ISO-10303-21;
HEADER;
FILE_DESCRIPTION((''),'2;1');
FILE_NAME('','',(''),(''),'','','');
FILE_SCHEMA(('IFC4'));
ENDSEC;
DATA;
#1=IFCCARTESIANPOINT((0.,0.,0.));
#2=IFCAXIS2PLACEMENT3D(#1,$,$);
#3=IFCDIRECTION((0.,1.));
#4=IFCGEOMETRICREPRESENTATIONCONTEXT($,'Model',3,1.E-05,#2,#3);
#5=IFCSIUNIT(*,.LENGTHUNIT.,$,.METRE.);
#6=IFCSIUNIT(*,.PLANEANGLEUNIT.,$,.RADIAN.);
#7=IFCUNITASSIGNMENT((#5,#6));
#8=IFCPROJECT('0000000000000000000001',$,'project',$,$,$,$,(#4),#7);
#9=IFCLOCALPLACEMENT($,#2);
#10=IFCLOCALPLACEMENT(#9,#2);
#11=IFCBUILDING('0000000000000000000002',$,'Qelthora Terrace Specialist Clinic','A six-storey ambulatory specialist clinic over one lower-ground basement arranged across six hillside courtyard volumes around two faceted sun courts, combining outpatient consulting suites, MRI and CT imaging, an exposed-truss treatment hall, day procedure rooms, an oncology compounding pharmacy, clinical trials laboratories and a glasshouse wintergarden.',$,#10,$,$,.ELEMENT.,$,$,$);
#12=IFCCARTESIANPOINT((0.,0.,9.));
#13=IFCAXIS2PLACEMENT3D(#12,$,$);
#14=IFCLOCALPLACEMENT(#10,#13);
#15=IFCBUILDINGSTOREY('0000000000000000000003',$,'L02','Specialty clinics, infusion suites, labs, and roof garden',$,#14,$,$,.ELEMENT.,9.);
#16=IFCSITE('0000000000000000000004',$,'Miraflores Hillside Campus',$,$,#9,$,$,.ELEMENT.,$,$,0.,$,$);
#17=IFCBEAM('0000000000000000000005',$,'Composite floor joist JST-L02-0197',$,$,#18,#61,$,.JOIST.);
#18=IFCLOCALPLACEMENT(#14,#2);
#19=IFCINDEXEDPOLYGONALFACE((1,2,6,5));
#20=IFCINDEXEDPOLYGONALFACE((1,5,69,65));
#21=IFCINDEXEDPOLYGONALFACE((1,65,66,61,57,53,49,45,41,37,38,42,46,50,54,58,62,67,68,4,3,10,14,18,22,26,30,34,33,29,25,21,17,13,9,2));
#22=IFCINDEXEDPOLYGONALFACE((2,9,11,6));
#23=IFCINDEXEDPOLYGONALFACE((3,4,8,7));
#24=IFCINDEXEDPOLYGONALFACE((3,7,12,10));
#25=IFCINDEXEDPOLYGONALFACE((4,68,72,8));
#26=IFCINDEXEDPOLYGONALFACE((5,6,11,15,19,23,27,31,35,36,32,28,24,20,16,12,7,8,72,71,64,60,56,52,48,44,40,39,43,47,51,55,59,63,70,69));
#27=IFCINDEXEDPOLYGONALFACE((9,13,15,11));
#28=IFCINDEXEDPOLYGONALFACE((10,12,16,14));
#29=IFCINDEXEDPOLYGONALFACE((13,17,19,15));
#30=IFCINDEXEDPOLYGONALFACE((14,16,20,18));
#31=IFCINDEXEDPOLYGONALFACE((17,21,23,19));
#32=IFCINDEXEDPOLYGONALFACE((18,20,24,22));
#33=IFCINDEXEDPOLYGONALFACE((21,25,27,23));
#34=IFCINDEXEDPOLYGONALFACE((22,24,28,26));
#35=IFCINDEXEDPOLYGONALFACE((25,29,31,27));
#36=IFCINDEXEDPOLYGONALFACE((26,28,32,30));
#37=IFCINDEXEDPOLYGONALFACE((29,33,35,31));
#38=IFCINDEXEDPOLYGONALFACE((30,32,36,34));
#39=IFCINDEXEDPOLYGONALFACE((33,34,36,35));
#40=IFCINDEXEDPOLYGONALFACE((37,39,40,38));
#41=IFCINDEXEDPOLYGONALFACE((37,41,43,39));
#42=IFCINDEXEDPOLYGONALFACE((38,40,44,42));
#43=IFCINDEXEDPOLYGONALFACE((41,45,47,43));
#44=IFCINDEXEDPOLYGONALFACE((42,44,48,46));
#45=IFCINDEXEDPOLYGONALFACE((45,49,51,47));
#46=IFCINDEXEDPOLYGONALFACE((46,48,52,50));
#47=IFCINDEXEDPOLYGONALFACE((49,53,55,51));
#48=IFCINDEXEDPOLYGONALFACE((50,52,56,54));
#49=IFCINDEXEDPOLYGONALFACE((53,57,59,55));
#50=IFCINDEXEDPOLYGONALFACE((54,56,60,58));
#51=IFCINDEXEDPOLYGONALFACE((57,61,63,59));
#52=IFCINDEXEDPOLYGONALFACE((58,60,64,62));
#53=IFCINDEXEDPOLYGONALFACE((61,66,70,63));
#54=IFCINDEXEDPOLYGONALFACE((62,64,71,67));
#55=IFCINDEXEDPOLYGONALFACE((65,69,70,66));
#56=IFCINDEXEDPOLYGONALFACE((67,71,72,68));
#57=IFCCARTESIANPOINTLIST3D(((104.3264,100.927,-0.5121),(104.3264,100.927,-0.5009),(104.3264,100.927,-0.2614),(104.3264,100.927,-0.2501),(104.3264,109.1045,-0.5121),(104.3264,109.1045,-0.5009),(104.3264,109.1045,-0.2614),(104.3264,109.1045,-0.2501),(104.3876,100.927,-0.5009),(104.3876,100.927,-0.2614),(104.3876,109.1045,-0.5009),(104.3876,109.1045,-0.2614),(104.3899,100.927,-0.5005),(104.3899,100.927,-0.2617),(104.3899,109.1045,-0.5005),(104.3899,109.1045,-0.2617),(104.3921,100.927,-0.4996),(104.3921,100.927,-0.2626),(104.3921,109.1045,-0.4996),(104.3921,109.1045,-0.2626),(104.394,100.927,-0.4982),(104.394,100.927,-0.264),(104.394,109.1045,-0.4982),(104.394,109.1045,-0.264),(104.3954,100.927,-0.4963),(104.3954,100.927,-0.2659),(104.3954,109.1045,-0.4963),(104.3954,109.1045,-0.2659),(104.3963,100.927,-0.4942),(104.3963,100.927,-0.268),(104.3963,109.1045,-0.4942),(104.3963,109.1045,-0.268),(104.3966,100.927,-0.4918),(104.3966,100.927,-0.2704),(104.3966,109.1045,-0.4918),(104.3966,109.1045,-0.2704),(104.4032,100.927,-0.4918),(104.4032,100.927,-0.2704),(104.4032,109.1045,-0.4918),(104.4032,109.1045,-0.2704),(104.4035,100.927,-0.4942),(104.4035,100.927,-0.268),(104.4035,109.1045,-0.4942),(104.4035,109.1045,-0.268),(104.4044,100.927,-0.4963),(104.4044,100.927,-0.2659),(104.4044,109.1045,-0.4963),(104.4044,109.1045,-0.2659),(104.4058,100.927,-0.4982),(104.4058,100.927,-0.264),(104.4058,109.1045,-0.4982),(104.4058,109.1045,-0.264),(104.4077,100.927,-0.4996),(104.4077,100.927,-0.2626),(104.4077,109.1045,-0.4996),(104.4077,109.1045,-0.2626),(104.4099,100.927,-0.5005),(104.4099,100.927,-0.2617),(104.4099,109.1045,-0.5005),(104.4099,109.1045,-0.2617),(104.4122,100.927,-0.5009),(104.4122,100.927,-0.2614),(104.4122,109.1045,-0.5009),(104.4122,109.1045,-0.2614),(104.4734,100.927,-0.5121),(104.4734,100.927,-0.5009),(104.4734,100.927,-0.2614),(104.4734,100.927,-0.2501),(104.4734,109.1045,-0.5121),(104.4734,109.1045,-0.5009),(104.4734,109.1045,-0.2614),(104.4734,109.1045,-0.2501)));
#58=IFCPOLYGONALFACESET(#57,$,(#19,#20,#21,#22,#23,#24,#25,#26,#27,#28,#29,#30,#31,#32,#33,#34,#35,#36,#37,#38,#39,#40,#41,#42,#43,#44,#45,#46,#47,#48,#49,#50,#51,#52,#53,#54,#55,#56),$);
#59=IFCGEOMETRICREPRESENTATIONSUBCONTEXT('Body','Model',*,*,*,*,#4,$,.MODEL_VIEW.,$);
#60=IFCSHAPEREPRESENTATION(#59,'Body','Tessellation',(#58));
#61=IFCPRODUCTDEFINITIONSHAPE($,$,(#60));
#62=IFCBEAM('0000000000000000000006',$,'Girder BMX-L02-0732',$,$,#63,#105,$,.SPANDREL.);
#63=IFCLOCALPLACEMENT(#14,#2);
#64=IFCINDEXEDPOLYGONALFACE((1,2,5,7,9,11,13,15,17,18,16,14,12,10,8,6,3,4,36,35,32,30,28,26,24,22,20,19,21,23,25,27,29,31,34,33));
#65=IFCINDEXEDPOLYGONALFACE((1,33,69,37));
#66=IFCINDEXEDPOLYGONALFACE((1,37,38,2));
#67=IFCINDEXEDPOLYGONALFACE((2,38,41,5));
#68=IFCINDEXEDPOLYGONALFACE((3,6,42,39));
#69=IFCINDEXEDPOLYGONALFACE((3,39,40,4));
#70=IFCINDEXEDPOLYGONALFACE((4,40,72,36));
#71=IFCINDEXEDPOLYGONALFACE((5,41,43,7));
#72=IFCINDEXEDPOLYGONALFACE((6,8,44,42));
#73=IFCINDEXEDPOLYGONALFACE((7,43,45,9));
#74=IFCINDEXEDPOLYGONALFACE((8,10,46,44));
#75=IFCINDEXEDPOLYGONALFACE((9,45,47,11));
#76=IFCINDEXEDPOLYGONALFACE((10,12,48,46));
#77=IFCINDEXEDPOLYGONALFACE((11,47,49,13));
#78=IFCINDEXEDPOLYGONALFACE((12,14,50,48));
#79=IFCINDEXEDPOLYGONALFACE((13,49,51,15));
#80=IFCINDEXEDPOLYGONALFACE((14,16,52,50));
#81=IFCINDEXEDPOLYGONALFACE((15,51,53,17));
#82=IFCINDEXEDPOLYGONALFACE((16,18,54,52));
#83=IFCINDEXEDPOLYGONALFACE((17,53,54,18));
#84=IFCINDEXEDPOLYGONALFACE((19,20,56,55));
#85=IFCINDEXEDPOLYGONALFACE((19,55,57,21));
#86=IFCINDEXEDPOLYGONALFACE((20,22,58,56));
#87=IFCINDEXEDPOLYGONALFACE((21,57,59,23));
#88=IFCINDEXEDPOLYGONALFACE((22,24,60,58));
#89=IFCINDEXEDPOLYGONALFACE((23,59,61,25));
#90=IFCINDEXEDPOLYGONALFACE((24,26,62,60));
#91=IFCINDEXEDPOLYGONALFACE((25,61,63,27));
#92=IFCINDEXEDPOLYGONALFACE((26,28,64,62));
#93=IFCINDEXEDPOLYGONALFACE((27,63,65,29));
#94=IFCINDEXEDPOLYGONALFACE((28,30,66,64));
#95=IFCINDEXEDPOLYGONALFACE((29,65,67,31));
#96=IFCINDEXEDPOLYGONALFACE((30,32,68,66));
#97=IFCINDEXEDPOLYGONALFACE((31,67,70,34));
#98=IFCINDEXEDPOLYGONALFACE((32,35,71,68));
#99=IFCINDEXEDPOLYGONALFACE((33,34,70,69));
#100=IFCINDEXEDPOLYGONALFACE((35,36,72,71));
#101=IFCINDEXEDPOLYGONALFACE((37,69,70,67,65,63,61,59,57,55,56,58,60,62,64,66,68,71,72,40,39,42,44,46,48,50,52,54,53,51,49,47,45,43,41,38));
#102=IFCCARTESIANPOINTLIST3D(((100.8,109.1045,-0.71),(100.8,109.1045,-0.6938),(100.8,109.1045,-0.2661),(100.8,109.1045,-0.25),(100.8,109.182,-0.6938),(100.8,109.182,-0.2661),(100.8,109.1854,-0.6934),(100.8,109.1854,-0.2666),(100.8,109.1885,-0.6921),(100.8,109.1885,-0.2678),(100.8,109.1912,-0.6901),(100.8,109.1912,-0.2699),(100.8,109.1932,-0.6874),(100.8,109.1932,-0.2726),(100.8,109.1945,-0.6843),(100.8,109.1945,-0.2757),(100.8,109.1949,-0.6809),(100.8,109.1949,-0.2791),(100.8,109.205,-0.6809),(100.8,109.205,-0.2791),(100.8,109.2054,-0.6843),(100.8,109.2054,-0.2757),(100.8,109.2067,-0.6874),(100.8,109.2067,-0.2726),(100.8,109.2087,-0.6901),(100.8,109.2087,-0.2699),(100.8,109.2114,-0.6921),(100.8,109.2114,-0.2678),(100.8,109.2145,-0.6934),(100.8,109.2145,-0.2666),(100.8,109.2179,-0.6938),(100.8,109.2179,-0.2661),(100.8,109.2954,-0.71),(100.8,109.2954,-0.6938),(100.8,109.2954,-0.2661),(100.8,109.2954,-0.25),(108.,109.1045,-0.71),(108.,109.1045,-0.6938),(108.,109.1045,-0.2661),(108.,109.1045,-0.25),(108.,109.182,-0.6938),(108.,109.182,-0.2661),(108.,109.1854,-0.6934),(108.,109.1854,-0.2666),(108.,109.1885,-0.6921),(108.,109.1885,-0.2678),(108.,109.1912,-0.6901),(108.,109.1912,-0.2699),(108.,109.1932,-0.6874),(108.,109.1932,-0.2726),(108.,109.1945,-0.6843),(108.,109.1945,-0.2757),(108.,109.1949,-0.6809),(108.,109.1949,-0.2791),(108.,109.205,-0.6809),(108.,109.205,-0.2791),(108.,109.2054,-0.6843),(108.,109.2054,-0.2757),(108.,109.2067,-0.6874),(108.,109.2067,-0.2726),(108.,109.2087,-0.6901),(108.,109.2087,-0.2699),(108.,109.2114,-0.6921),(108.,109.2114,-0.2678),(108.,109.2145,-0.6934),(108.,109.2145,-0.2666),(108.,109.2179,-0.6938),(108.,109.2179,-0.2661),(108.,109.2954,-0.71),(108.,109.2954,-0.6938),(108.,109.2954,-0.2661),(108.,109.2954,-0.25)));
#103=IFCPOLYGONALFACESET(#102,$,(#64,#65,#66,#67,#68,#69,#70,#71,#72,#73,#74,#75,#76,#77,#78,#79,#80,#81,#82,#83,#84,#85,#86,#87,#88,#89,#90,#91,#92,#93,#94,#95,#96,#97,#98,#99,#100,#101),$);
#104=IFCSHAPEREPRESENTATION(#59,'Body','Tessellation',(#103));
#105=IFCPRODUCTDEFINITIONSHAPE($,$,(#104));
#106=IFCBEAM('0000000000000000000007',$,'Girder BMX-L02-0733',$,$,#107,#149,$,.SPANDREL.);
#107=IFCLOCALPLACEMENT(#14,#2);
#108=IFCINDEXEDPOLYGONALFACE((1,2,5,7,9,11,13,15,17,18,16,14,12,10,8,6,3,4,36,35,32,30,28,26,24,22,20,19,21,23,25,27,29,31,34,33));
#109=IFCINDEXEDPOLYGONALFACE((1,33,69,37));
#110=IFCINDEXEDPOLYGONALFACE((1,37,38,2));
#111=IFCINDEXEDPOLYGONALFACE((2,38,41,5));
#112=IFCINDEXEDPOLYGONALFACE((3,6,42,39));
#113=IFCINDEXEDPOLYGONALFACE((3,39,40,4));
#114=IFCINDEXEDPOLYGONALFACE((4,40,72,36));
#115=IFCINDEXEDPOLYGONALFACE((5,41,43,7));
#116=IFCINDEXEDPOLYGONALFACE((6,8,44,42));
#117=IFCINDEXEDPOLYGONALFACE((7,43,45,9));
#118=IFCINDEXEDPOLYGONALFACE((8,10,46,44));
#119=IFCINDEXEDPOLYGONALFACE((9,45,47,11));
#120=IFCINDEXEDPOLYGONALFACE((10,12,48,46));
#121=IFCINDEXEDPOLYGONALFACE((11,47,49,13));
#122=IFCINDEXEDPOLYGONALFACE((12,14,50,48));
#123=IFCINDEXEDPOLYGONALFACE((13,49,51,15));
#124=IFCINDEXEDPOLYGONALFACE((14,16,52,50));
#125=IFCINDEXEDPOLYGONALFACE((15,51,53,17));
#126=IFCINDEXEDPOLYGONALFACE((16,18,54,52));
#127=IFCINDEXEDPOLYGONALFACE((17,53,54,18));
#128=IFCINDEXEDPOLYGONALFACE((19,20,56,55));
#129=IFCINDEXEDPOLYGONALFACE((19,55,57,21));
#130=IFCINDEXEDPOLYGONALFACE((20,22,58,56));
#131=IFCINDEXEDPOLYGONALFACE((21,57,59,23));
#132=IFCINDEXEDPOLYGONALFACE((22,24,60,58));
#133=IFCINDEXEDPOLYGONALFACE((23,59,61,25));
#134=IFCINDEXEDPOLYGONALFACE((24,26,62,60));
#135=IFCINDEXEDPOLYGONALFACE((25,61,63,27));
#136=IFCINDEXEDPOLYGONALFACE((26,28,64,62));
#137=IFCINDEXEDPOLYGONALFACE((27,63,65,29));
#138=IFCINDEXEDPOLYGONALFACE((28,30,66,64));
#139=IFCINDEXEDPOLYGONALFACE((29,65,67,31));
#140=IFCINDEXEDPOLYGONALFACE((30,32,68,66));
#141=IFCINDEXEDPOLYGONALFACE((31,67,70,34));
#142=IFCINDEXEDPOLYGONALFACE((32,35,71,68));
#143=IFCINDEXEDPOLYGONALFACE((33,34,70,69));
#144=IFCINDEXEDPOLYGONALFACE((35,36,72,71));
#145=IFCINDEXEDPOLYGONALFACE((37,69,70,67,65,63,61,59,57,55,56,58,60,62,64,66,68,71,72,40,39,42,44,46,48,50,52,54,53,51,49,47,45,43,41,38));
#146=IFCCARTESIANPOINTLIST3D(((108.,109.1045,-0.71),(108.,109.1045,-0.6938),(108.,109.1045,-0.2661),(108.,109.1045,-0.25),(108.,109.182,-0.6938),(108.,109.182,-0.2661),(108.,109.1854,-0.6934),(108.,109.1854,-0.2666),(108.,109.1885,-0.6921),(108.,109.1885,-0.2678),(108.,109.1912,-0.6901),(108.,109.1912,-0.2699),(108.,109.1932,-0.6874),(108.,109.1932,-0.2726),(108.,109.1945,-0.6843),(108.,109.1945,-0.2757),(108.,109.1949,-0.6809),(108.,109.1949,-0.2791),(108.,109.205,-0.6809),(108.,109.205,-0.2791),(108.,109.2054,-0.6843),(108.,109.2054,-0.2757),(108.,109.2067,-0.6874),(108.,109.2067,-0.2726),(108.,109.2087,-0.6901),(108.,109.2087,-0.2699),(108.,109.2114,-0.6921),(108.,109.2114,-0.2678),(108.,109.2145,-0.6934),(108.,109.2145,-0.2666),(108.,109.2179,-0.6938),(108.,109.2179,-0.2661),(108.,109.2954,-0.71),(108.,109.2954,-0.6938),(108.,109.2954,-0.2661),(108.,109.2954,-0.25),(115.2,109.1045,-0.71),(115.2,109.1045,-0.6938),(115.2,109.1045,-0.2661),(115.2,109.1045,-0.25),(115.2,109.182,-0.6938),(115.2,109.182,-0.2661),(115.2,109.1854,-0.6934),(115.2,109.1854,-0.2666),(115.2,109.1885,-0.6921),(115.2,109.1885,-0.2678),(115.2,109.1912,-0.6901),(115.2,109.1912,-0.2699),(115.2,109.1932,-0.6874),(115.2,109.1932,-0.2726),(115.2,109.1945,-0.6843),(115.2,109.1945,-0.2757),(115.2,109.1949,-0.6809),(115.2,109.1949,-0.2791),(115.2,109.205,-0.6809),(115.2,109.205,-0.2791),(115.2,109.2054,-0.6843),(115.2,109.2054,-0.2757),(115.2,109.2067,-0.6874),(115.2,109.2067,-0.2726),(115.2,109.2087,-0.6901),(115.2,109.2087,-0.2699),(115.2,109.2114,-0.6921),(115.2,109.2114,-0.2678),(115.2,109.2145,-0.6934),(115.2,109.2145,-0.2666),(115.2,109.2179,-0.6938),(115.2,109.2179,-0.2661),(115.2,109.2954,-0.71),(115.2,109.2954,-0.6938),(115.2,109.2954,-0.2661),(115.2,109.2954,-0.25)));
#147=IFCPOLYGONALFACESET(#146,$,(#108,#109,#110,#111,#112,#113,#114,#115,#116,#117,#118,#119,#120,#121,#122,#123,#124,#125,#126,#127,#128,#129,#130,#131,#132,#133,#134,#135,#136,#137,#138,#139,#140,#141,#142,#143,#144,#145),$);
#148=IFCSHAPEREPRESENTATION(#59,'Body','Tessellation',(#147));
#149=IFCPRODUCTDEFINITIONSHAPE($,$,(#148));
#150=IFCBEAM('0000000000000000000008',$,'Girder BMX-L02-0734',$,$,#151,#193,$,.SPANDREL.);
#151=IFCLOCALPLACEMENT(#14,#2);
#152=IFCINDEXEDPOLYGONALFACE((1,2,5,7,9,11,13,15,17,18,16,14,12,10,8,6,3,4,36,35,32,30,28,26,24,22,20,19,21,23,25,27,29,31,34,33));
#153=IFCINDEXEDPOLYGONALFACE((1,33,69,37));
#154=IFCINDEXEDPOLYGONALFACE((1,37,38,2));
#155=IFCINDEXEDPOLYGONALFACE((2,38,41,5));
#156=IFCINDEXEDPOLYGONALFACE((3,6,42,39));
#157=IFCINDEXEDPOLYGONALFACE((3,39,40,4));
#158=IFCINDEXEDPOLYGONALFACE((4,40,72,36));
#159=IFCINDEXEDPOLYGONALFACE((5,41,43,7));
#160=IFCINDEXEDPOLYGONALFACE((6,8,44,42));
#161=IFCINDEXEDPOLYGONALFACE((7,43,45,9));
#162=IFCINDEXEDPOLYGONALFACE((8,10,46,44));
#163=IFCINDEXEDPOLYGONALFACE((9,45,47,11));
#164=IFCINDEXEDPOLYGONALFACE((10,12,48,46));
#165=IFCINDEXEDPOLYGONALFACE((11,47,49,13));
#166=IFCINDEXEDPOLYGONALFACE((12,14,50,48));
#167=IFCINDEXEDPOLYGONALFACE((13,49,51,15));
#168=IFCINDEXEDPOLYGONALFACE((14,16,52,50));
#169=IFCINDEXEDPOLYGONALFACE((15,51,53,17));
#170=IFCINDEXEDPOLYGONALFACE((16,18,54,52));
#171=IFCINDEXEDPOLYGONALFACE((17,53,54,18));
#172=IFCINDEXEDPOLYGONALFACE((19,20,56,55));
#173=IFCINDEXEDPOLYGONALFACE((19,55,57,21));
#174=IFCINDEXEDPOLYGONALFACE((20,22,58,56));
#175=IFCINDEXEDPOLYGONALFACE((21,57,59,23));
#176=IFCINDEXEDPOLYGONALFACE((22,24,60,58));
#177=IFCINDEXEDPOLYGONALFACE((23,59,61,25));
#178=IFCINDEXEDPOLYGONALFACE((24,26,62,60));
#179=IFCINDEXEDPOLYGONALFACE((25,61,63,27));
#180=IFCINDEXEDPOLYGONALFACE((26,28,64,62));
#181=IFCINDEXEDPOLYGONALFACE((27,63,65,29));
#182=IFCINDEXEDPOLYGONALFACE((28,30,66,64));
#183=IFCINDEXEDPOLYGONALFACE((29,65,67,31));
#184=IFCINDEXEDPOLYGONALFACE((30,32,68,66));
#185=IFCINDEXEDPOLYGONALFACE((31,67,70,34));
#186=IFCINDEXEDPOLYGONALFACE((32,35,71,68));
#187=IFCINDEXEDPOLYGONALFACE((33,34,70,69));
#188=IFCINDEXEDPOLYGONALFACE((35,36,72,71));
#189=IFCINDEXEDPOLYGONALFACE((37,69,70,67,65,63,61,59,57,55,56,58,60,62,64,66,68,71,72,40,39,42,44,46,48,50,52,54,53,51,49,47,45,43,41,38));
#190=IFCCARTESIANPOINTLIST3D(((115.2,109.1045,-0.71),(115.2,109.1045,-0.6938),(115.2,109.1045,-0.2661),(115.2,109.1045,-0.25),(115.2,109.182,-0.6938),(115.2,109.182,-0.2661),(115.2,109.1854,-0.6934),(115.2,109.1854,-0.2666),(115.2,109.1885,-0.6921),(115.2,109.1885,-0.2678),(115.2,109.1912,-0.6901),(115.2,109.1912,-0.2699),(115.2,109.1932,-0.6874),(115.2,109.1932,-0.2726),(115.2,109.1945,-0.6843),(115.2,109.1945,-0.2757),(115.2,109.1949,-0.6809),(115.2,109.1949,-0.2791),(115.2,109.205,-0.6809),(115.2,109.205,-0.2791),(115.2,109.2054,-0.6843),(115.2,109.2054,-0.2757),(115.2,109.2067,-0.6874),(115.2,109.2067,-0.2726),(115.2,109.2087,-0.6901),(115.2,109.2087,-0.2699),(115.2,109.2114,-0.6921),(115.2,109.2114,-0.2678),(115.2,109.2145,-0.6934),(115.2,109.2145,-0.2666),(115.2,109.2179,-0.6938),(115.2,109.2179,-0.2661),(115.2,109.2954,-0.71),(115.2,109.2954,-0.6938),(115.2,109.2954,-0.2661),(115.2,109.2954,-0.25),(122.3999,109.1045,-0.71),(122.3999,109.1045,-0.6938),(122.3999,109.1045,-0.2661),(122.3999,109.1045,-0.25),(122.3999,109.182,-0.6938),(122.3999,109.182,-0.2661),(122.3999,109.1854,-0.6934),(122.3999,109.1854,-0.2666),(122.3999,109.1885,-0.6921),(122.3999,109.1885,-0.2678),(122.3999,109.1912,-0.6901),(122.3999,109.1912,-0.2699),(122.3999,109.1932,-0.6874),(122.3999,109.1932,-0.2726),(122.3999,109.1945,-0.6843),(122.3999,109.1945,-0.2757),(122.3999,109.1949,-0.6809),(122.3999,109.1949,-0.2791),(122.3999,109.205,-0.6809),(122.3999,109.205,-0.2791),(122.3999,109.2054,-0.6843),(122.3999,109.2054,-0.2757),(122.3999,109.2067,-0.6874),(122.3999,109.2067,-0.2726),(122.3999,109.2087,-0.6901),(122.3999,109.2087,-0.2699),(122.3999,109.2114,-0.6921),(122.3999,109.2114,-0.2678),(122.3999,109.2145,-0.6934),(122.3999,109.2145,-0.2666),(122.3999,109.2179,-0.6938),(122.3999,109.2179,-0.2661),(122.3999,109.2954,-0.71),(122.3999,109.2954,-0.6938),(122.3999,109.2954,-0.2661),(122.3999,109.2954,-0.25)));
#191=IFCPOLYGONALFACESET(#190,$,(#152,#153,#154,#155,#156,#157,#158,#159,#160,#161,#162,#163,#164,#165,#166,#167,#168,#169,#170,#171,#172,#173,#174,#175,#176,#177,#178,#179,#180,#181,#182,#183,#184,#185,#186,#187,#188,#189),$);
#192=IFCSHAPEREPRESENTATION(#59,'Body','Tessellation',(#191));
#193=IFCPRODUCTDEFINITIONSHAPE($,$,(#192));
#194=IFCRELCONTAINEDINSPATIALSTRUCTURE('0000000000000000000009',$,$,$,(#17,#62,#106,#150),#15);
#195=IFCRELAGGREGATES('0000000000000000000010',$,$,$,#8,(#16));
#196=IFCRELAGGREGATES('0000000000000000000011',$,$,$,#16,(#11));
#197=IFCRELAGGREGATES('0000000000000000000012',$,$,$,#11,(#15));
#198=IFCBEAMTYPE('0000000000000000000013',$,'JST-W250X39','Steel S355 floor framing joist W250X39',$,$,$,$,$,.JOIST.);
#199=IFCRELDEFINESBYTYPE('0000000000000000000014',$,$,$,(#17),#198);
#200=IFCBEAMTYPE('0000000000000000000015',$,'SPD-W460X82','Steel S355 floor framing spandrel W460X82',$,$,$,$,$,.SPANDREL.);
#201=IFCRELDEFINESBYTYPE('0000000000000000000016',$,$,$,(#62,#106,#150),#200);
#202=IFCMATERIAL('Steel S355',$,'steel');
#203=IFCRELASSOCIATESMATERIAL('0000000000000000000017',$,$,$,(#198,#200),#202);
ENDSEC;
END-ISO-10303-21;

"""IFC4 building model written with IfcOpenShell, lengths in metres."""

from ifc_helpers import new_model, si_unit, direction, frame, origin, origin_2d, place, context, subcontext, project, spatial, i_section, extrude, material, material_profile, profile_set, type_object, element, save


model = new_model("IFC4")

# Units and contexts
model_context = context("Model", 3, precision=1e-05, world=origin(), true_north=direction((0.0, 1.0)))
body_context = subcontext(model_context, "Body", "Model", "MODEL_VIEW")
ifc_project = project(units=[si_unit("LENGTHUNIT", "METRE"), si_unit("PLANEANGLEUNIT", "RADIAN")], contexts=[model_context])

# Site, building, storey
site_placement = place(None, origin())
site = spatial("IfcSite", under=ifc_project, at=site_placement, Name="Miraflores Hillside Campus", CompositionType="ELEMENT", RefElevation=0.0)
building_placement = place(site_placement, origin())
building = spatial("IfcBuilding", under=site, at=building_placement, Name="Qelthora Terrace Specialist Clinic", Description="A six-storey ambulatory specialist clinic over one lower-ground basement arranged across six hillside courtyard volumes around two faceted sun courts, combining outpatient consulting suites, MRI and CT imaging, an exposed-truss treatment hall, day procedure rooms, an oncology compounding pharmacy, clinical trials laboratories and a glasshouse wintergarden.", CompositionType="ELEMENT")
storey_placement = place(building_placement, frame((0.0, 0.0, 9.0)))
storey = spatial("IfcBuildingStorey", under=building, at=storey_placement, Name="L02", Description="Specialty clinics, infusion suites, labs, and roof garden", CompositionType="ELEMENT", Elevation=9.0)

# Shared definitions
ifc_material_1 = material(Name="Steel S355", Category="steel")

# Beams
ifc_material_profile_1 = material_profile(ifc_material_1, i_section(OverallWidth=0.147, OverallDepth=0.262, WebThickness=0.0066, FlangeThickness=0.0112, FilletRadius=0.009, at=origin_2d()), Name="W250X39")
ifc_profile_set_1 = profile_set([ifc_material_profile_1], Name="Steel S355")
beam_type_1 = type_object("IfcBeamType", Name="JST-W250X39", Description="Steel S355 floor framing joist W250X39", PredefinedType="JOIST", material=ifc_profile_set_1)
beam_placement = place(storey_placement, frame((104.3999, 100.927, -0.3811), z_axis=(0.0, 1.0, 0.0), x_axis=(-1.0, 0.0, 0.0)))
element("IfcBeam", 1, at=beam_placement, inside=storey, type_object=beam_type_1, Name="Composite floor joist JST-L02-0197", PredefinedType="JOIST", context=body_context, shape_type="SweptSolid", body=[
    extrude(i_section(OverallWidth=0.147, OverallDepth=0.262, WebThickness=0.0066, FlangeThickness=0.0112, FilletRadius=0.009, at=origin_2d()), origin(), (0.0, 0.0, 1.0), 8.1775),
])
ifc_material_profile_2 = material_profile(ifc_material_1, i_section(OverallWidth=0.1909, OverallDepth=0.46, WebThickness=0.01, FlangeThickness=0.0161, FilletRadius=0.0129, at=origin_2d()), Name="W460X82")
ifc_profile_set_2 = profile_set([ifc_material_profile_2], Name="Steel S355")
beam_type_2 = type_object("IfcBeamType", Name="SPD-W460X82", Description="Steel S355 floor framing spandrel W460X82", PredefinedType="SPANDREL", material=ifc_profile_set_2)
for number, where, z_axis, x_axis, name in (
    (2, (100.8, 109.2, -0.48), (1.0, 0.0, 0.0), (0.0, 1.0, 0.0), "Girder BMX-L02-0732"),
    (3, (108.0, 109.2, -0.48), (1.0, 0.0, 0.0), (0.0, 1.0, 0.0), "Girder BMX-L02-0733"),
    (4, (115.2, 109.2, -0.48), (1.0, 0.0, 0.0), (0.0, 1.0, 0.0), "Girder BMX-L02-0734"),
):
    element("IfcBeam", number, at=place(storey_placement, frame(where, z_axis=z_axis, x_axis=x_axis)), inside=storey, type_object=beam_type_2, Name=name, PredefinedType="SPANDREL", context=body_context, shape_type="SweptSolid", body=[
        extrude(i_section(OverallWidth=0.1909, OverallDepth=0.46, WebThickness=0.01, FlangeThickness=0.0161, FilletRadius=0.0129, at=origin_2d()), origin(), (0.0, 0.0, 1.0), 7.2),
    ])

save(model, "model.ifc")
